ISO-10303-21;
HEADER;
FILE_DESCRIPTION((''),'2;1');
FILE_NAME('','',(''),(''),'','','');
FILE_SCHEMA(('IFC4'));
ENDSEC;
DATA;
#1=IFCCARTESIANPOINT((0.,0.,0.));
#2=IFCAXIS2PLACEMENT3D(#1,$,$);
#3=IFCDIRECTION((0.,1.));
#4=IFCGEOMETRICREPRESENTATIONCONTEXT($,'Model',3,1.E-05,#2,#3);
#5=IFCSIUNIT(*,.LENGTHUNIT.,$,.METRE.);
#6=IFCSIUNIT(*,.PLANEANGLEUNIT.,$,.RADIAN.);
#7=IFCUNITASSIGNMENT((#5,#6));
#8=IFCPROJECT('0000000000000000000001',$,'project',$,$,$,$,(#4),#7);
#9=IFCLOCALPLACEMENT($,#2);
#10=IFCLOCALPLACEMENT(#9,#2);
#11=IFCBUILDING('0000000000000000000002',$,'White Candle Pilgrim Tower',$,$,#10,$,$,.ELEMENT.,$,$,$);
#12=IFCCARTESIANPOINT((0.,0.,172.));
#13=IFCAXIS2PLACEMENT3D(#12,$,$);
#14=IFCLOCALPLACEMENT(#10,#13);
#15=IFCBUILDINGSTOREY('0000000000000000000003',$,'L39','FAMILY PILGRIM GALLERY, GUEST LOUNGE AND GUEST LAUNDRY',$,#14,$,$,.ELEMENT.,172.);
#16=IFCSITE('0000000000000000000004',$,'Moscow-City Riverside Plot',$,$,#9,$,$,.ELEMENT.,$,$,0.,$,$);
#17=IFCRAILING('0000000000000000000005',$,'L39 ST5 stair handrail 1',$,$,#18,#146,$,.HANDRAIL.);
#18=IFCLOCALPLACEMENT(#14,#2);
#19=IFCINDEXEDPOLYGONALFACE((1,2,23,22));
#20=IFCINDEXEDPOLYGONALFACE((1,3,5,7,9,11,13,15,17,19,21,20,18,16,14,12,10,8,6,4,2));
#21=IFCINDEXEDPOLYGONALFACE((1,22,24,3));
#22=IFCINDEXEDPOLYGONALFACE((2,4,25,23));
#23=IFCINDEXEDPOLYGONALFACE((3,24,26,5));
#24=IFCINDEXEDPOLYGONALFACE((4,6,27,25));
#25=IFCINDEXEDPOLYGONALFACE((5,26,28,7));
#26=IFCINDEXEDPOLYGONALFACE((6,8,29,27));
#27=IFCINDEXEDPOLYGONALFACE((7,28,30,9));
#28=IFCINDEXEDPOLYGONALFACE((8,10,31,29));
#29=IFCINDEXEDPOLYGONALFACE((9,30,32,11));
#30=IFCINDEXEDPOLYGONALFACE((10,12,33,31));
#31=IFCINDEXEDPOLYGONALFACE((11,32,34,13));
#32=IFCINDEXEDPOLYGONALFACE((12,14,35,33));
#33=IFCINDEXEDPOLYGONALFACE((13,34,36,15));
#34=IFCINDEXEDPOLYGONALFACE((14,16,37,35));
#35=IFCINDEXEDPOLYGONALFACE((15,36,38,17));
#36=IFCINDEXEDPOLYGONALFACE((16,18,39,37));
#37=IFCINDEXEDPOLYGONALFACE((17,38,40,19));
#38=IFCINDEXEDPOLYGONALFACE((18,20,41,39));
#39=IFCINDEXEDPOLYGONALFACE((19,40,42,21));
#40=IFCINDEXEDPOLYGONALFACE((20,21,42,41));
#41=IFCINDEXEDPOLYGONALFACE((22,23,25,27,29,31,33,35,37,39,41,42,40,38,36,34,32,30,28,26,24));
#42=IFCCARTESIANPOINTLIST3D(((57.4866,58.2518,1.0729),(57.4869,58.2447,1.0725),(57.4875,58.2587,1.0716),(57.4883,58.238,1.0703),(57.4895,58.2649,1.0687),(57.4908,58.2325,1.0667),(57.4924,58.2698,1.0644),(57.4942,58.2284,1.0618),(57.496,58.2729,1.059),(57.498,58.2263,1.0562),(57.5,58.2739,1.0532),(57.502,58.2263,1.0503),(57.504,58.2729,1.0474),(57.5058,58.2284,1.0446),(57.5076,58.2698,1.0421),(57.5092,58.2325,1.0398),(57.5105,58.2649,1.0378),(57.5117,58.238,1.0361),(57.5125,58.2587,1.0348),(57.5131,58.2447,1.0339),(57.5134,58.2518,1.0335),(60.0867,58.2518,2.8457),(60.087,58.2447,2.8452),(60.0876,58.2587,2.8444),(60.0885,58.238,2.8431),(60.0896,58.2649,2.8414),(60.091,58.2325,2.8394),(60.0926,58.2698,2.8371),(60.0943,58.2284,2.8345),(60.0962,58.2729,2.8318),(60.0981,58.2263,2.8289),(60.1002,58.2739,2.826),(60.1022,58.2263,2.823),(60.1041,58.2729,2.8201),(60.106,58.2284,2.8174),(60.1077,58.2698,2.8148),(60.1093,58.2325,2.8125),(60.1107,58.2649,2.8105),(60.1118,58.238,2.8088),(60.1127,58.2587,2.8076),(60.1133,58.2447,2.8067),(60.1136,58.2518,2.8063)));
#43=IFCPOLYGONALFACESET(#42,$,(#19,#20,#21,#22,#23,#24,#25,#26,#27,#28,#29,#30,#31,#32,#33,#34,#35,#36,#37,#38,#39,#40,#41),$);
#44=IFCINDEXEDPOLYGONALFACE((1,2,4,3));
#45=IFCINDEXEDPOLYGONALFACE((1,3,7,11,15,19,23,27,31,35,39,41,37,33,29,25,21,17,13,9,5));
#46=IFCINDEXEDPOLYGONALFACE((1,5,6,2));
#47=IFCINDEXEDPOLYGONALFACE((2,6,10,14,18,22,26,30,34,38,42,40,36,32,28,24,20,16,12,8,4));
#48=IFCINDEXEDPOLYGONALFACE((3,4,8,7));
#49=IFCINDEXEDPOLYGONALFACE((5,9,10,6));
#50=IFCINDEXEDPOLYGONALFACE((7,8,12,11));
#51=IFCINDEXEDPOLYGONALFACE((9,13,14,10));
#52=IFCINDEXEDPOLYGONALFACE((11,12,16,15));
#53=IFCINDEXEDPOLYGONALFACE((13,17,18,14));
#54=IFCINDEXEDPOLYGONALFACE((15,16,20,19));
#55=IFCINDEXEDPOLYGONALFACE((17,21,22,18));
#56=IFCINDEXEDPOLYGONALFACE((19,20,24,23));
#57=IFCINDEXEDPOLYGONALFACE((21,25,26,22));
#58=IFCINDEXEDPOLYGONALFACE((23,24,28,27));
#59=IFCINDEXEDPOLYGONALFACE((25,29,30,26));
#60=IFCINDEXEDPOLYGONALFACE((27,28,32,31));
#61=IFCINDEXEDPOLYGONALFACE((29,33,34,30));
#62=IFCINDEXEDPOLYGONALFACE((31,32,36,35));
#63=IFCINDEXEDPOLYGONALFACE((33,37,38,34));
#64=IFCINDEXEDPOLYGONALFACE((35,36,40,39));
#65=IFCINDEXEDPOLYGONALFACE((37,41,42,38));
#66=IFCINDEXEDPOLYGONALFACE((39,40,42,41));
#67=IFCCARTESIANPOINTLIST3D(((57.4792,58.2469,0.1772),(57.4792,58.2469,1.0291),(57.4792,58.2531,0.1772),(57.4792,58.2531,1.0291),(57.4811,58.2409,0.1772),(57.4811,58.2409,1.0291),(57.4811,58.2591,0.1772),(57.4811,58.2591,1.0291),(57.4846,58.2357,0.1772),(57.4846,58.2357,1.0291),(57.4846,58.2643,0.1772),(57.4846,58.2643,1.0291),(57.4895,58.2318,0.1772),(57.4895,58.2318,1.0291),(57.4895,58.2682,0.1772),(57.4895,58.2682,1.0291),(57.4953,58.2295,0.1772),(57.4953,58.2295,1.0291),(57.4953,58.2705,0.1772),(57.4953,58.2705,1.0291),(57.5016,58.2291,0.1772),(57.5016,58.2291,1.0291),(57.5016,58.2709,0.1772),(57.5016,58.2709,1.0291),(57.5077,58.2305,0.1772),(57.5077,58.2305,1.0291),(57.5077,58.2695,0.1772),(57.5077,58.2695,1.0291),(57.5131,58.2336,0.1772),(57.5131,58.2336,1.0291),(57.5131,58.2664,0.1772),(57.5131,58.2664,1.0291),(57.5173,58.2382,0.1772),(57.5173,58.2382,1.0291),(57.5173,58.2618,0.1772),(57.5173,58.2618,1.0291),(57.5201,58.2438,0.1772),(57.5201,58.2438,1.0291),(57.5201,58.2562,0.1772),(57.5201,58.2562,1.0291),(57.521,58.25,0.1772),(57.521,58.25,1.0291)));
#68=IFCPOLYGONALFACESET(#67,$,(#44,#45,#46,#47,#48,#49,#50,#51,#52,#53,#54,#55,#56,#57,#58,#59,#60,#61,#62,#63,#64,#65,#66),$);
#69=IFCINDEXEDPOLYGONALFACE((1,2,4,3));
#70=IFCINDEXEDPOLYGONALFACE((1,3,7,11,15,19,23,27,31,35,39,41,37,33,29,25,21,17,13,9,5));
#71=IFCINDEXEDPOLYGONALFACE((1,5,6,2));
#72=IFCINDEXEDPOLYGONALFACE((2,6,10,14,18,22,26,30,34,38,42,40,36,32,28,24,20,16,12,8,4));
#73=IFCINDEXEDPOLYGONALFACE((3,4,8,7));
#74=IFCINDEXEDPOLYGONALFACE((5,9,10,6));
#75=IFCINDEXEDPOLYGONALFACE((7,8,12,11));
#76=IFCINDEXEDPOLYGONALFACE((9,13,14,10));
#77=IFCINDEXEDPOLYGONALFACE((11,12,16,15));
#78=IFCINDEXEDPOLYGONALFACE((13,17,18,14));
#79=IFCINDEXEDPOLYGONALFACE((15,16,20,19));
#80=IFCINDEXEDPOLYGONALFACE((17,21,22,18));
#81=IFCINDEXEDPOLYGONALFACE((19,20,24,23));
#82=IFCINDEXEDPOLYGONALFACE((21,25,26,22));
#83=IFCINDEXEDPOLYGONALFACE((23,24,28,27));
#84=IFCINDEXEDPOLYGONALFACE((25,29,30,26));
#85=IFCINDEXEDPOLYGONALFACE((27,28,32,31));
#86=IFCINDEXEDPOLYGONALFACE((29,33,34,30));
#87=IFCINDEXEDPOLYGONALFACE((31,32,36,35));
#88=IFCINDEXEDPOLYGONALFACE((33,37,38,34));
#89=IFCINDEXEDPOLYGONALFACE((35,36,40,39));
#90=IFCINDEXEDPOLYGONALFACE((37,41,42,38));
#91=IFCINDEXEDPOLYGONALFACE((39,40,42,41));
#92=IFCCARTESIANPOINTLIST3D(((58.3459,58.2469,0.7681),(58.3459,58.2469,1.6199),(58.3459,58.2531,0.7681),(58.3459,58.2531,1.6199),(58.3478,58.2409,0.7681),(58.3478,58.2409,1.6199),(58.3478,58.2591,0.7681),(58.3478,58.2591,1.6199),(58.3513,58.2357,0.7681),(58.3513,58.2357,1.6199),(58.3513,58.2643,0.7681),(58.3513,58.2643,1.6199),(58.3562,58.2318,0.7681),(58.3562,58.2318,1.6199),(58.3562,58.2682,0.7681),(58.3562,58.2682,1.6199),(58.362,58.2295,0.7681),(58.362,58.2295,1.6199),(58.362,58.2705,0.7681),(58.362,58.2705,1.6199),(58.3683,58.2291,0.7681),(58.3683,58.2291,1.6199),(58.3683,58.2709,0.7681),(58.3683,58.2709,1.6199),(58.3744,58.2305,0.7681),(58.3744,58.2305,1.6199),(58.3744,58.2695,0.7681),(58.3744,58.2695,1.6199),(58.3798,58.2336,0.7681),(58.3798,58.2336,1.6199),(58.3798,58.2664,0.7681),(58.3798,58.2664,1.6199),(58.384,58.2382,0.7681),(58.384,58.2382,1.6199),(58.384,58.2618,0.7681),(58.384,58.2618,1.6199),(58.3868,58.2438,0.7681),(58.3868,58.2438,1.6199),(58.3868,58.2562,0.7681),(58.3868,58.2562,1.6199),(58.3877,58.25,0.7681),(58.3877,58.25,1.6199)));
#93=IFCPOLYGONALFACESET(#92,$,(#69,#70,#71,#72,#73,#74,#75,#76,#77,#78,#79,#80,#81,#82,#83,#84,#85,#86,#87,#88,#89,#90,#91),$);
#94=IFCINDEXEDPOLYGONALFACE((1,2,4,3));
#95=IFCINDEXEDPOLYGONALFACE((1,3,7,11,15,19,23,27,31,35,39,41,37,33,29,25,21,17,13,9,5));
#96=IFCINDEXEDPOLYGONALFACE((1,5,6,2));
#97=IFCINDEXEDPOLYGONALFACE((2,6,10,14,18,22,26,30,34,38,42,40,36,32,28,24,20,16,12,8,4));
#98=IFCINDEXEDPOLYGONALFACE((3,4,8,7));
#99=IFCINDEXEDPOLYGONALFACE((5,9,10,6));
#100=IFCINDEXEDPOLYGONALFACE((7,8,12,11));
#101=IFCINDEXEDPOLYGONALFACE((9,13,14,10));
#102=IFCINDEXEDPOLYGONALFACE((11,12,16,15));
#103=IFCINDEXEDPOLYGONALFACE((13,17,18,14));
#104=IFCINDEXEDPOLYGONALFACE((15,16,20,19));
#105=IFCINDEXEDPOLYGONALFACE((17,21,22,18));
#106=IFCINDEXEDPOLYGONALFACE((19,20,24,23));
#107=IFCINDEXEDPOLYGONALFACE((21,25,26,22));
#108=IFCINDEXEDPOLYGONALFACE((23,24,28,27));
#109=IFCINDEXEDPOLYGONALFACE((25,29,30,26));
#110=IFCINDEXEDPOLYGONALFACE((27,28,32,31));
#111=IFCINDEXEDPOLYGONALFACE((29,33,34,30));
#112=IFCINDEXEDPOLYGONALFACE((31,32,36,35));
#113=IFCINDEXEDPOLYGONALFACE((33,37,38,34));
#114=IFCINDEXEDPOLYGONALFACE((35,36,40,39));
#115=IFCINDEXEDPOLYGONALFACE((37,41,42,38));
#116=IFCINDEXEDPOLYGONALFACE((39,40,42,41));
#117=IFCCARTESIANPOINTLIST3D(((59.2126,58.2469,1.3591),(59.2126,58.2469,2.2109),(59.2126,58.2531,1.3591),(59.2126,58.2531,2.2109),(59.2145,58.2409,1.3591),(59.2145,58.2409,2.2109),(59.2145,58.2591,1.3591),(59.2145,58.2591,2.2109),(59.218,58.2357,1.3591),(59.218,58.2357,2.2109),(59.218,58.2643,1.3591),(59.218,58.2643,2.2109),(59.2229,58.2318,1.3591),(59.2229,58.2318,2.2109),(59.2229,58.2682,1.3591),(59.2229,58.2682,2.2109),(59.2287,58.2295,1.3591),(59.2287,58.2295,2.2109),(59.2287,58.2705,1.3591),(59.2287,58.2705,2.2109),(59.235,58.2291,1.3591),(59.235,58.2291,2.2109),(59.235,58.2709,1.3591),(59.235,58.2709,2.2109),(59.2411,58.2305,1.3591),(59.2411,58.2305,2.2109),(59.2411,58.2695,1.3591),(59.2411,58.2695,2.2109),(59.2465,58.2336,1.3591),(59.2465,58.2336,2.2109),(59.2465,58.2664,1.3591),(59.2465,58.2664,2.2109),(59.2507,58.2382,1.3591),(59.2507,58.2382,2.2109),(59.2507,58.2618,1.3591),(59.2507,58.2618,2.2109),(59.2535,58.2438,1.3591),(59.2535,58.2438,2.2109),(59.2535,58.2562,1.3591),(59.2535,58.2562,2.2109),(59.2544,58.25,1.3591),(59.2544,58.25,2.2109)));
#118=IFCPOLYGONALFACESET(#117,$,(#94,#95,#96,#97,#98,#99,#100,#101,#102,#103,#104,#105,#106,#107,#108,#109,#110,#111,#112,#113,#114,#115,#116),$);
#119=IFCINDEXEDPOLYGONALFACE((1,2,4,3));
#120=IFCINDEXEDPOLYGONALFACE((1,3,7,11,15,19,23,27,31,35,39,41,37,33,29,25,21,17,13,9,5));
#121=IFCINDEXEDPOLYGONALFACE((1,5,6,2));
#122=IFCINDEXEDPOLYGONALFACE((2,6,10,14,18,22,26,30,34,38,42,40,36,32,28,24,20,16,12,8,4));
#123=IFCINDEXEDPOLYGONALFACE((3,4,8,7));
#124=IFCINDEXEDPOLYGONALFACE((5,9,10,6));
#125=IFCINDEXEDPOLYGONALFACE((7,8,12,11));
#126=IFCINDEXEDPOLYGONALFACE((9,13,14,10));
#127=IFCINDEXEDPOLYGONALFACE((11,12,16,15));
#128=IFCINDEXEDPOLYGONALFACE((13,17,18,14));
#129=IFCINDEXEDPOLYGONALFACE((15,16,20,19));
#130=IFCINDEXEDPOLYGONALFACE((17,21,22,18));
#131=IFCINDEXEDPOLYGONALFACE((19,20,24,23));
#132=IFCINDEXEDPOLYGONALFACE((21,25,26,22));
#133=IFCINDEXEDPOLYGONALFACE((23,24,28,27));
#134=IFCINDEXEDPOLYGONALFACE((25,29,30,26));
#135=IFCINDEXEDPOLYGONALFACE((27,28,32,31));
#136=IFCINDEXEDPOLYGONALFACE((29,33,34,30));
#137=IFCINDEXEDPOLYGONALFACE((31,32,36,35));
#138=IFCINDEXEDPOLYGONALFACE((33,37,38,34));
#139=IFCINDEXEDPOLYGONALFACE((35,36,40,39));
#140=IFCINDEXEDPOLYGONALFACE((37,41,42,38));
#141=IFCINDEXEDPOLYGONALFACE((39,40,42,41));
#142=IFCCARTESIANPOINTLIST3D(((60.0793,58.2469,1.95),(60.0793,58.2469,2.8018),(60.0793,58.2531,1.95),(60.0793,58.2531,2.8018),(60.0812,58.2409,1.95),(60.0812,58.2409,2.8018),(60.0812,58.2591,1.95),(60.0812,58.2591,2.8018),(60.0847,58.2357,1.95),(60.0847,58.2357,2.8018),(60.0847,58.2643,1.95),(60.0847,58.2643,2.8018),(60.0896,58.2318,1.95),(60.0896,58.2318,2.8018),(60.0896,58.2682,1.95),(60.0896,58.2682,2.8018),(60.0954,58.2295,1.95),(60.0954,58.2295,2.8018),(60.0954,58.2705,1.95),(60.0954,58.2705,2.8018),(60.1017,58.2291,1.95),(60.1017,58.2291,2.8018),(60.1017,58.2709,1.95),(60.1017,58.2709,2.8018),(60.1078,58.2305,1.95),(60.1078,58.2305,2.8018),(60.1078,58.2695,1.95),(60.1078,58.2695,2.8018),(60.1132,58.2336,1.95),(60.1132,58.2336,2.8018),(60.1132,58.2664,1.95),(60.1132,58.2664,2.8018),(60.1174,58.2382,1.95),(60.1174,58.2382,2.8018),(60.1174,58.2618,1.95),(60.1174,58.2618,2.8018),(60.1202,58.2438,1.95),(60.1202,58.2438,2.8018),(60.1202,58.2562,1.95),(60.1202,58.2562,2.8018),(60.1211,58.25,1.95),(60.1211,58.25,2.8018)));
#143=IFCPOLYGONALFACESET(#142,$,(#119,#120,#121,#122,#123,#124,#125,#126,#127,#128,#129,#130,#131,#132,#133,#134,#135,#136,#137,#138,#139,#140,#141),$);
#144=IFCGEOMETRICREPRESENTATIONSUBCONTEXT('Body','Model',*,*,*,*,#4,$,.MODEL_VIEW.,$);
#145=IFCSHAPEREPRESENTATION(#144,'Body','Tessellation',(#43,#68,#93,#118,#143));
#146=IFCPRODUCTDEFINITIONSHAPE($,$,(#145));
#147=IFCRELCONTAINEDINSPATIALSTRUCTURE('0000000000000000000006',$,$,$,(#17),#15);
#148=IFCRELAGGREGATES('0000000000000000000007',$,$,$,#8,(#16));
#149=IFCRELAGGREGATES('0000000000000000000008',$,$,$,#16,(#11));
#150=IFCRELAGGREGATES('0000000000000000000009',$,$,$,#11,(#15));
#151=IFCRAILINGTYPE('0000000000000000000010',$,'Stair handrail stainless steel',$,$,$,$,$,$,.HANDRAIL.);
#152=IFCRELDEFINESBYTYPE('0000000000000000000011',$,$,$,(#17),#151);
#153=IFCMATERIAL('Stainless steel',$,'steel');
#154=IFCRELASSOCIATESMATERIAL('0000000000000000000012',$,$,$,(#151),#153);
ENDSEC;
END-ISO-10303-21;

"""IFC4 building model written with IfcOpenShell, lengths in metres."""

from ifc_helpers import new_model, si_unit, direction, frame, origin, origin_2d, place, context, subcontext, project, spatial, circle, extrude, material, type_object, element, save


model = new_model("IFC4")

# Units and contexts
model_context = context("Model", 3, precision=1e-05, world=origin(), true_north=direction((0.0, 1.0)))
body_context = subcontext(model_context, "Body", "Model", "MODEL_VIEW")
ifc_project = project(units=[si_unit("LENGTHUNIT", "METRE"), si_unit("PLANEANGLEUNIT", "RADIAN")], contexts=[model_context])

# Site, building, storey
site_placement = place(None, origin())
site = spatial("IfcSite", under=ifc_project, at=site_placement, Name="Moscow-City Riverside Plot", CompositionType="ELEMENT", RefElevation=0.0)
building_placement = place(site_placement, origin())
building = spatial("IfcBuilding", under=site, at=building_placement, Name="White Candle Pilgrim Tower", CompositionType="ELEMENT")
storey_placement = place(building_placement, frame((0.0, 0.0, 172.0)))
storey = spatial("IfcBuildingStorey", under=building, at=storey_placement, Name="L39", Description="FAMILY PILGRIM GALLERY, GUEST LOUNGE AND GUEST LAUNDRY", CompositionType="ELEMENT", Elevation=172.0)

# Railing
ifc_material_1 = material(Name="Stainless steel", Category="steel")
railing_type_1 = type_object("IfcRailingType", Name="Stair handrail stainless steel", PredefinedType="HANDRAIL", material=ifc_material_1)
railing_1_placement = place(storey_placement, frame((57.5, 58.25, 0.1772)))
element("IfcRailing", 1, at=railing_1_placement, inside=storey, type_object=railing_type_1, Name="L39 ST5 stair handrail 1", PredefinedType="HANDRAIL", context=body_context, shape_type="SweptSolid", body=[
    extrude(circle(Radius=0.0239, at=origin_2d()), frame((0.0, 0.0, 0.876), z_axis=(0.82624, 0.0, 0.563318), x_axis=(0.0, 1.0, 0.0)), (0.0, 0.0, 1.0), 3.147),
    extrude(circle(Radius=0.021, at=origin_2d()), origin(), (0.0, 0.0, 1.0), 0.8518),
    extrude(circle(Radius=0.021, at=origin_2d()), frame((0.8667, 0.0, 0.5908)), (0.0, 0.0, 1.0), 0.8518),
    extrude(circle(Radius=0.021, at=origin_2d()), frame((1.7334, 0.0, 1.1819)), (0.0, 0.0, 1.0), 0.8518),
    extrude(circle(Radius=0.021, at=origin_2d()), frame((2.6001, 0.0, 1.7727)), (0.0, 0.0, 1.0), 0.8518),
])

save(model, "model.ifc")
